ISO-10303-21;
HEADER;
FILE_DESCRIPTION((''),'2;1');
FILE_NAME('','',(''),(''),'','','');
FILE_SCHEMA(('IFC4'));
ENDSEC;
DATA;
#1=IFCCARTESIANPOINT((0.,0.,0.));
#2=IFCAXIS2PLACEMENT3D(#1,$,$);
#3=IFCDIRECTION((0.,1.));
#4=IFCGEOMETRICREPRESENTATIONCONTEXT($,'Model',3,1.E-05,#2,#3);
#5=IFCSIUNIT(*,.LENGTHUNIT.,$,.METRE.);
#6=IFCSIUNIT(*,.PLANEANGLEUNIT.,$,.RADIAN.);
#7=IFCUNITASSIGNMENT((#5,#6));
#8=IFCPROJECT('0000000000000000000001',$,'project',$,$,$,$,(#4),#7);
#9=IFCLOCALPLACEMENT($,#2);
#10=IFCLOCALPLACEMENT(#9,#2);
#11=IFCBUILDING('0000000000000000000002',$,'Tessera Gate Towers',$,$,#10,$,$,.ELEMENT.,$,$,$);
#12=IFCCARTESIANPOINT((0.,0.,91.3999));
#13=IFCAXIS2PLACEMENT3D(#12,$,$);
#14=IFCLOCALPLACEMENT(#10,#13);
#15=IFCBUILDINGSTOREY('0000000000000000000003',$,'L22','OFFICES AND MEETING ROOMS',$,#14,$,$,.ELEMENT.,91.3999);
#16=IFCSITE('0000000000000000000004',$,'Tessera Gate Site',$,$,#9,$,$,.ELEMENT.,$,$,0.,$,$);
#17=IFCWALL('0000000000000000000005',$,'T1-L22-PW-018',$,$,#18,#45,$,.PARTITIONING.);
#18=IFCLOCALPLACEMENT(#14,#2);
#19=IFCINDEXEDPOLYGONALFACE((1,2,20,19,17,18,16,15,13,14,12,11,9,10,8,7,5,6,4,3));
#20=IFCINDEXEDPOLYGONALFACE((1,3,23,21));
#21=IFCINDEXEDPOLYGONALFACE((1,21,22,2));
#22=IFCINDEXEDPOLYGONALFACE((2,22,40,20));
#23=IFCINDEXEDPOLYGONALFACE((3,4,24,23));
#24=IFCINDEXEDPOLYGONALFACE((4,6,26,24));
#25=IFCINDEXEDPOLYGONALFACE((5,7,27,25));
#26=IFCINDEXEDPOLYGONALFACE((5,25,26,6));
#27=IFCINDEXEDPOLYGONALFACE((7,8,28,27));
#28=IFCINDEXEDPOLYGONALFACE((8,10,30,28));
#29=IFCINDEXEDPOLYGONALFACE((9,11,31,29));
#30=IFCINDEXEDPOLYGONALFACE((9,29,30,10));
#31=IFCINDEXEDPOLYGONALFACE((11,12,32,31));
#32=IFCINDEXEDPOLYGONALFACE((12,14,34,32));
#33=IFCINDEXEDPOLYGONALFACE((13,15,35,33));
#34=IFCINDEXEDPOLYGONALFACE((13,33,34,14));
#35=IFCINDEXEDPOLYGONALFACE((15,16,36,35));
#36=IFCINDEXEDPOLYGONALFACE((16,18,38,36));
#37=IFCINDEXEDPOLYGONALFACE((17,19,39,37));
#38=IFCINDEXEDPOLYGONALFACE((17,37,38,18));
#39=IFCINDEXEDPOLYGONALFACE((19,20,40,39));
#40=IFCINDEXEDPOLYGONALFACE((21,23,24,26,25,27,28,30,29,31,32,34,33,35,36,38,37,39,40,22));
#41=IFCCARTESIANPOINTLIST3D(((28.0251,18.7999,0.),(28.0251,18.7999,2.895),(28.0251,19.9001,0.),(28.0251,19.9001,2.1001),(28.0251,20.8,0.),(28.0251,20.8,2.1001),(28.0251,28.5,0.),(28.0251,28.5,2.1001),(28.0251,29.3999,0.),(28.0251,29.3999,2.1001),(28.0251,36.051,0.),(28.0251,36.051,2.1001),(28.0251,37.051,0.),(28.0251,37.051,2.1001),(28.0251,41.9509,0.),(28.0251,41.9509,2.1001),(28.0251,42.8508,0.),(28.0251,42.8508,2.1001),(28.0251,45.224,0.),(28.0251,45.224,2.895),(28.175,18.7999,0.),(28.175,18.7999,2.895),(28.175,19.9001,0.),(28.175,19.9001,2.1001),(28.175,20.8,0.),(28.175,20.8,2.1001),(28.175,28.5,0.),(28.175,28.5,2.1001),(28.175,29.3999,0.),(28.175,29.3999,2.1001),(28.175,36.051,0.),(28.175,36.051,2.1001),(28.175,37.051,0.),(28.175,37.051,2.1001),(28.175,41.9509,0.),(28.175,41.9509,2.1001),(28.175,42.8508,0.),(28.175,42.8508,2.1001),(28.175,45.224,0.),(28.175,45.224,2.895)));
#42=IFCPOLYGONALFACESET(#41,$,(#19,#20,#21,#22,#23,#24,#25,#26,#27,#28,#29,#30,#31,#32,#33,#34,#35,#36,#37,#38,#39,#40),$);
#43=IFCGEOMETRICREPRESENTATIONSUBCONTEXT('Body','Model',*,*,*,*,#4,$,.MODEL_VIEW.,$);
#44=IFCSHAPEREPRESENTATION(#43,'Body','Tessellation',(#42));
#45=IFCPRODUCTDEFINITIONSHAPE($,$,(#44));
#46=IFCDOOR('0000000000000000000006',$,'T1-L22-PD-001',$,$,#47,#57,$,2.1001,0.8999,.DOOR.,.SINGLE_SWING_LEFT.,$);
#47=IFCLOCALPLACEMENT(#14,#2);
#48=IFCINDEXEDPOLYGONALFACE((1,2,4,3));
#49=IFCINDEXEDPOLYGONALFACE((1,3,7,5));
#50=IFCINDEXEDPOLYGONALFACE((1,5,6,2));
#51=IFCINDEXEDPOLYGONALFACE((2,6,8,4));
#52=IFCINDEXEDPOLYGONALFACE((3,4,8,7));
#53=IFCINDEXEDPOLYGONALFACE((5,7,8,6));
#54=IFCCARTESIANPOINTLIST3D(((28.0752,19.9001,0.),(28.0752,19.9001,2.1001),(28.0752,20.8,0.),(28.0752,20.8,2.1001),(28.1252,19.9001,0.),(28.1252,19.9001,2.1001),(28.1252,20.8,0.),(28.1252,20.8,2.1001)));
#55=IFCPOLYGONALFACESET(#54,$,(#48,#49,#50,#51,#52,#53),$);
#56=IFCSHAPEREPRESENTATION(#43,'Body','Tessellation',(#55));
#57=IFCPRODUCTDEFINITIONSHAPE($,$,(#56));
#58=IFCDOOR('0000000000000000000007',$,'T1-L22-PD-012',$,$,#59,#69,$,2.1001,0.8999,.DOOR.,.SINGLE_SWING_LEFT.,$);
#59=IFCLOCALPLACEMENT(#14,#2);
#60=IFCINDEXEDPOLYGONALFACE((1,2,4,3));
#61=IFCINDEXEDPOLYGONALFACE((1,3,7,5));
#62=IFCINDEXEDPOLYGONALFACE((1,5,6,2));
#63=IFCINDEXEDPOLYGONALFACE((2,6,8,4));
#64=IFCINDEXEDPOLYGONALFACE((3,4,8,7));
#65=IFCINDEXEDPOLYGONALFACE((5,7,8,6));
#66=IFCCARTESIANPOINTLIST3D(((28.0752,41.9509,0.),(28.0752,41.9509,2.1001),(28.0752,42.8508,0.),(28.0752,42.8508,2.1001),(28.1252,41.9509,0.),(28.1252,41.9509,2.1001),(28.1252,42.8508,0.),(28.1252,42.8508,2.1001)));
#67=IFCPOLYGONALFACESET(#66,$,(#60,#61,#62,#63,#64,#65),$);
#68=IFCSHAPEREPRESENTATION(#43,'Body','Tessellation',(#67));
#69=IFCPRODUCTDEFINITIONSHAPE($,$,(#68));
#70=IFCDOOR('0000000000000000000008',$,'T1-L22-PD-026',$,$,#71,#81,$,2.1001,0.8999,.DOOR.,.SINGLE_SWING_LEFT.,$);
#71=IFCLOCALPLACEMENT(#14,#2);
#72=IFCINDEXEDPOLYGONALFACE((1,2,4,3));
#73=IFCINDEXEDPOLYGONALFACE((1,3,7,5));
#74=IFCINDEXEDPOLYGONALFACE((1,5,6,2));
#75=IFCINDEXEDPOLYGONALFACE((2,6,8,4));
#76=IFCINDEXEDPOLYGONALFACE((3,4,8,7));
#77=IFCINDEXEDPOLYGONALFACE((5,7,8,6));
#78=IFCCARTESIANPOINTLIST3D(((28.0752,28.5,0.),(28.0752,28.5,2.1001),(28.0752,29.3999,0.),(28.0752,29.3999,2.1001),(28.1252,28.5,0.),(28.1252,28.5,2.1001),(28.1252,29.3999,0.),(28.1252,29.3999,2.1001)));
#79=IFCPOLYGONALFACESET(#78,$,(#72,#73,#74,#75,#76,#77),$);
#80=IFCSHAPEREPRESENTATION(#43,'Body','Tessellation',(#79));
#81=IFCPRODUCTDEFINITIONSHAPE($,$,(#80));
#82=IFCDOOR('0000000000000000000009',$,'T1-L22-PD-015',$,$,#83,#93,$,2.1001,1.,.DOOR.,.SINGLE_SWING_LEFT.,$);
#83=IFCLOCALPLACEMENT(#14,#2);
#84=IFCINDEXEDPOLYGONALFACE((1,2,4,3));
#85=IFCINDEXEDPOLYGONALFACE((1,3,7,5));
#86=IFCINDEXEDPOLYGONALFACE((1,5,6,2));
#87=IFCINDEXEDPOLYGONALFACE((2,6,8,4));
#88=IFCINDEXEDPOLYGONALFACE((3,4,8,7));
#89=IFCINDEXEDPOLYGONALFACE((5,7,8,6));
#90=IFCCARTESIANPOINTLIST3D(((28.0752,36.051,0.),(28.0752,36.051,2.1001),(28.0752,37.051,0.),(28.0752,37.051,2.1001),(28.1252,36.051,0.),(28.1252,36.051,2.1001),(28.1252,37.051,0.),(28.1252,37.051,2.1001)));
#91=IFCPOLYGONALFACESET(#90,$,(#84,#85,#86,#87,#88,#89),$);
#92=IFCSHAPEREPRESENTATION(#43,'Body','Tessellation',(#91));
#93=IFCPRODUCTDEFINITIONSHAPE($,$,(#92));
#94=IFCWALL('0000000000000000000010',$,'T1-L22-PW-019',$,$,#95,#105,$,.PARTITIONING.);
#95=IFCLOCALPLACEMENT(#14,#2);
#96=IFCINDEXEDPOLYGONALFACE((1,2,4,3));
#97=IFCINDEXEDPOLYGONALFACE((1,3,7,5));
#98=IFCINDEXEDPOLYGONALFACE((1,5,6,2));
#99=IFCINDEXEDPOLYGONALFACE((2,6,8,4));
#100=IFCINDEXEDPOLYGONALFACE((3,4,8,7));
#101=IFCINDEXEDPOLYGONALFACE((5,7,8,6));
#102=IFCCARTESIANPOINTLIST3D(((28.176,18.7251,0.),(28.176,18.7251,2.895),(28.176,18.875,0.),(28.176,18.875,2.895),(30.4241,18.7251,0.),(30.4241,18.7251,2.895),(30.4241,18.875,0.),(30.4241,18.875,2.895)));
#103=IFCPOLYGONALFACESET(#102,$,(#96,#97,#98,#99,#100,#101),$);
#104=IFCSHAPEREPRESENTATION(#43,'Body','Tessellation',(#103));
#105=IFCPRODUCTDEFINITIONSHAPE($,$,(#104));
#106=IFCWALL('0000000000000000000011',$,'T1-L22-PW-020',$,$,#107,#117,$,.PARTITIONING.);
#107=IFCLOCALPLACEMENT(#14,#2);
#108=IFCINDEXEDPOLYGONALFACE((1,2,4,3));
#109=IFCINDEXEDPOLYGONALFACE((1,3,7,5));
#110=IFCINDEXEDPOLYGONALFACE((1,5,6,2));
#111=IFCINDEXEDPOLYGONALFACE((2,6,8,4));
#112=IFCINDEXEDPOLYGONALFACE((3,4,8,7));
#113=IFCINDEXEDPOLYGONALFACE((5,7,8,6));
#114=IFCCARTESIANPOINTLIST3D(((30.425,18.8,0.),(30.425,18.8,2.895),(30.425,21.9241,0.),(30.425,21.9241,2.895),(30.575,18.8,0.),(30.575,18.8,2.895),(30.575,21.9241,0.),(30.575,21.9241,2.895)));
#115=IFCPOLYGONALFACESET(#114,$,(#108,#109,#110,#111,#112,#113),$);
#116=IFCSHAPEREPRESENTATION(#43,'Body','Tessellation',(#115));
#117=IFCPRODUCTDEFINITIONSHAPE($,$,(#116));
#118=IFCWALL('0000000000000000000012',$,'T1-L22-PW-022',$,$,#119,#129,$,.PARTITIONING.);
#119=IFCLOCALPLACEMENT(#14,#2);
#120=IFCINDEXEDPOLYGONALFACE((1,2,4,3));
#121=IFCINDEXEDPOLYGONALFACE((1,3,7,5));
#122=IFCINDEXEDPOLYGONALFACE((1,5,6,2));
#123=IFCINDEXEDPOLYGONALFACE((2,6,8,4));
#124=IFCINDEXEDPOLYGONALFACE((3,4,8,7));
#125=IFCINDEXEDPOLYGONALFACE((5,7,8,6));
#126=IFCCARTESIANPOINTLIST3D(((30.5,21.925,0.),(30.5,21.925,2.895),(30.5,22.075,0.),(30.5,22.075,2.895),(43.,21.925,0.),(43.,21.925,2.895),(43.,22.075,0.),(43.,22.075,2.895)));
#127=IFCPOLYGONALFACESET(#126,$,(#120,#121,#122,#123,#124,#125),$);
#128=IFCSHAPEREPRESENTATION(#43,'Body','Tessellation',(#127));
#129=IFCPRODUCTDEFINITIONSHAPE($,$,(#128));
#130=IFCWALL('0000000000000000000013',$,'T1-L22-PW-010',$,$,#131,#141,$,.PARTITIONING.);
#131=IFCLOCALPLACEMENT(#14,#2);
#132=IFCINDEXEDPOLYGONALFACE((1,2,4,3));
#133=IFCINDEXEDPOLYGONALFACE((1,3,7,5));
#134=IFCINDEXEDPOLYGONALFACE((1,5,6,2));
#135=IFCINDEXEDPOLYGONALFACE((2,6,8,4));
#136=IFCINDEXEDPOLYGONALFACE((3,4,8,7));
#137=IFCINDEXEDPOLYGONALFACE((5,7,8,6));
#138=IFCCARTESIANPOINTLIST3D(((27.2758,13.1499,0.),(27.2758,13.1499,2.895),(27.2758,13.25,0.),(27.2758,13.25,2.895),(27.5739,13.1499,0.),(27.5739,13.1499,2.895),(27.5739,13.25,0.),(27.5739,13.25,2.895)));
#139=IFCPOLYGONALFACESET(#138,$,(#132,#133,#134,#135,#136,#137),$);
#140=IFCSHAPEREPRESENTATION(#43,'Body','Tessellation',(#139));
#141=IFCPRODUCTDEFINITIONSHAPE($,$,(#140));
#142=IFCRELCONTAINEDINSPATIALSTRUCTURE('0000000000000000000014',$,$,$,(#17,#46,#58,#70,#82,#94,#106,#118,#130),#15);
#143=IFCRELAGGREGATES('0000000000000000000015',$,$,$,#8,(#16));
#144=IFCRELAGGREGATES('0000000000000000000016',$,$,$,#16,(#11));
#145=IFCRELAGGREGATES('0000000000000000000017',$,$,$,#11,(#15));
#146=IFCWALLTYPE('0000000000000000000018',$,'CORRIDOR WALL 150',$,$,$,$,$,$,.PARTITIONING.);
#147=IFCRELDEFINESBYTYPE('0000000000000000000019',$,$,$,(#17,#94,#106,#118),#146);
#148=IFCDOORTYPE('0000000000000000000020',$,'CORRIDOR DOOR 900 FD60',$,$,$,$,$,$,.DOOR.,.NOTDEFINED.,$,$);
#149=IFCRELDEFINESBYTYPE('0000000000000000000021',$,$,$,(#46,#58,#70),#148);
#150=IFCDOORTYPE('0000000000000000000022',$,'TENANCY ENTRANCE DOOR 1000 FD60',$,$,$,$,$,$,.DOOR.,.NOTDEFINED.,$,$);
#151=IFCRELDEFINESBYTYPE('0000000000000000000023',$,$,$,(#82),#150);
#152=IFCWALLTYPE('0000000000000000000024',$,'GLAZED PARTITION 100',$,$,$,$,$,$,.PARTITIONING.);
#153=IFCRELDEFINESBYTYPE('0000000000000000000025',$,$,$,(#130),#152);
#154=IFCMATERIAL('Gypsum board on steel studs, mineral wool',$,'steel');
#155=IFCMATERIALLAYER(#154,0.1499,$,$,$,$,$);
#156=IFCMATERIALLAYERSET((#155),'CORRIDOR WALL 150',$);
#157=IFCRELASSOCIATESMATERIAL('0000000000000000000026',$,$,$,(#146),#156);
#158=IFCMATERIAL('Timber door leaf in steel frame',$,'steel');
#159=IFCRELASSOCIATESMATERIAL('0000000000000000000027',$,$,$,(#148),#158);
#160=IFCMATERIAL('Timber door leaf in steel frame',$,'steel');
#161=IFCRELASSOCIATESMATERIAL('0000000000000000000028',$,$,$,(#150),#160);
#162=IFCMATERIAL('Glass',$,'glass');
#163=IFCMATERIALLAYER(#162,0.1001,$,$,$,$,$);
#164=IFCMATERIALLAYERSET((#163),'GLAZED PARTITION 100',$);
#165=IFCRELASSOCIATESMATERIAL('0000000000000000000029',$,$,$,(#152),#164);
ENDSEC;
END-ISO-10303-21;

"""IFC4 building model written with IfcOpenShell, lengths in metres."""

from ifc_helpers import new_model, si_unit, direction, frame, frame_2d, origin, place, context, subcontext, project, spatial, rectangle, extrude, source, transform, mapped, material, layer, layer_set, type_object, element, fill, save


model = new_model("IFC4")

# Units and contexts
model_context = context("Model", 3, precision=1e-05, world=origin(), true_north=direction((0.0, 1.0)))
body_context = subcontext(model_context, "Body", "Model", "MODEL_VIEW")
ifc_project = project(units=[si_unit("LENGTHUNIT", "METRE"), si_unit("PLANEANGLEUNIT", "RADIAN")], contexts=[model_context])

# Site, building, storey
site_placement = place(None, origin())
site = spatial("IfcSite", under=ifc_project, at=site_placement, Name="Tessera Gate Site", CompositionType="ELEMENT", RefElevation=0.0)
building_placement = place(site_placement, origin())
building = spatial("IfcBuilding", under=site, at=building_placement, Name="Tessera Gate Towers", CompositionType="ELEMENT")
storey_placement = place(building_placement, frame((0.0, 0.0, 91.3999)))
storey = spatial("IfcBuildingStorey", under=building, at=storey_placement, Name="L22", Description="OFFICES AND MEETING ROOMS", CompositionType="ELEMENT", Elevation=91.3999)

# Wall, openings, doors
ifc_material_1 = material(Name="Gypsum board on steel studs, mineral wool", Category="steel")
ifc_layer_1 = layer(ifc_material_1, 0.1499)
ifc_layer_set_1 = layer_set([ifc_layer_1], Name="CORRIDOR WALL 150")
wall_type_1 = type_object("IfcWallType", Name="CORRIDOR WALL 150", PredefinedType="PARTITIONING", material=ifc_layer_set_1)
wall_1_placement = place(storey_placement, frame((28.1001, 18.8, 0.0), z_axis=(0.0, 0.0, 1.0), x_axis=(0.0, 1.0, 0.0)))
wall_1 = element("IfcWall", 1, at=wall_1_placement, inside=storey, type_object=wall_type_1, Name="T1-L22-PW-018", PredefinedType="PARTITIONING", context=body_context, shape_type="SweptSolid", body=[
    extrude(rectangle(XDim=26.4241, YDim=0.1499, at=frame_2d((13.2119, 0.0))), origin(), (0.0, 0.0, 1.0), 2.895),
])
shared_shape_1 = source(origin(), body_context, "Body", "SweptSolid", [
    extrude(rectangle(XDim=0.8999, YDim=2.1001, at=frame_2d((0.45, 1.05))), frame((0.0, 0.085, 0.0), z_axis=(0.0, -1.0, 0.0), x_axis=(1.0, 0.0, 0.0)), (0.0, 0.0, 1.0), 0.1699),
])
opening_1_placement = place(wall_1_placement, frame((1.1001, 0.0, 0.0)))
opening_1 = element("IfcOpeningElement", 2, at=opening_1_placement, cuts=wall_1, PredefinedType="OPENING", context=body_context, shape_type="MappedRepresentation", body=[
    mapped(shared_shape_1, transform((0.0, 0.0, 0.0), scale=1.0)),
])
opening_2_placement = place(wall_1_placement, frame((23.1509, 0.0, 0.0)))
opening_2 = element("IfcOpeningElement", 3, at=opening_2_placement, cuts=wall_1, PredefinedType="OPENING", context=body_context, shape_type="MappedRepresentation", body=[
    mapped(shared_shape_1, transform((0.0, 0.0, 0.0), scale=1.0)),
])
shared_shape_2 = source(origin(), body_context, "Body", "SweptSolid", [
    extrude(rectangle(XDim=1.0, YDim=2.1001, at=frame_2d((0.5, 1.05))), frame((0.0, 0.085, 0.0), z_axis=(0.0, -1.0, 0.0), x_axis=(1.0, 0.0, 0.0)), (0.0, 0.0, 1.0), 0.1699),
])
opening_3_placement = place(wall_1_placement, frame((17.251, 0.0, 0.0)))
opening_3 = element("IfcOpeningElement", 4, at=opening_3_placement, cuts=wall_1, PredefinedType="OPENING", context=body_context, shape_type="MappedRepresentation", body=[
    mapped(shared_shape_2, transform((0.0, 0.0, 0.0), scale=1.0)),
])
opening_4_placement = place(wall_1_placement, frame((9.7, 0.0, 0.0)))
opening_4 = element("IfcOpeningElement", 5, at=opening_4_placement, cuts=wall_1, PredefinedType="OPENING", context=body_context, shape_type="MappedRepresentation", body=[
    mapped(shared_shape_1, transform((0.0, 0.0, 0.0), scale=1.0)),
])
ifc_material_2 = material(Name="Timber door leaf in steel frame", Category="steel")
door_type_1 = type_object("IfcDoorType", Name="CORRIDOR DOOR 900 FD60", OperationType="NOTDEFINED", PredefinedType="DOOR", material=ifc_material_2)
shared_shape_3 = source(origin(), body_context, "Body", "SweptSolid", [
    extrude(rectangle(XDim=0.8999, YDim=2.1001, at=frame_2d((0.45, 1.05))), frame((0.0, 0.0249, 0.0), z_axis=(0.0, -1.0, 0.0), x_axis=(1.0, 0.0, 0.0)), (0.0, 0.0, 1.0), 0.05),
])
door_1_placement = place(opening_1_placement, origin())
door_1 = element("IfcDoor", 6, at=door_1_placement, inside=storey, type_object=door_type_1, Name="T1-L22-PD-001", OperationType="SINGLE_SWING_LEFT", OverallHeight=2.1001, OverallWidth=0.8999, PredefinedType="DOOR", context=body_context, shape_type="MappedRepresentation", body=[
    mapped(shared_shape_3, transform((0.0, 0.0, 0.0), scale=1.0)),
])
fill(opening_1, door_1)
door_2_placement = place(opening_2_placement, origin())
door_2 = element("IfcDoor", 7, at=door_2_placement, inside=storey, type_object=door_type_1, Name="T1-L22-PD-012", OperationType="SINGLE_SWING_LEFT", OverallHeight=2.1001, OverallWidth=0.8999, PredefinedType="DOOR", context=body_context, shape_type="MappedRepresentation", body=[
    mapped(shared_shape_3, transform((0.0, 0.0, 0.0), scale=1.0)),
])
fill(opening_2, door_2)
door_3_placement = place(opening_4_placement, origin())
door_3 = element("IfcDoor", 8, at=door_3_placement, inside=storey, type_object=door_type_1, Name="T1-L22-PD-026", OperationType="SINGLE_SWING_LEFT", OverallHeight=2.1001, OverallWidth=0.8999, PredefinedType="DOOR", context=body_context, shape_type="MappedRepresentation", body=[
    mapped(shared_shape_3, transform((0.0, 0.0, 0.0), scale=1.0)),
])
fill(opening_4, door_3)
ifc_material_3 = material(Name="Timber door leaf in steel frame", Category="steel")
door_type_2 = type_object("IfcDoorType", Name="TENANCY ENTRANCE DOOR 1000 FD60", OperationType="NOTDEFINED", PredefinedType="DOOR", material=ifc_material_3)
shared_shape_4 = source(origin(), body_context, "Body", "SweptSolid", [
    extrude(rectangle(XDim=1.0, YDim=2.1001, at=frame_2d((0.5, 1.05))), frame((0.0, 0.0249, 0.0), z_axis=(0.0, -1.0, 0.0), x_axis=(1.0, 0.0, 0.0)), (0.0, 0.0, 1.0), 0.05),
])
door_4_placement = place(opening_3_placement, origin())
door_4 = element("IfcDoor", 9, at=door_4_placement, inside=storey, type_object=door_type_2, Name="T1-L22-PD-015", OperationType="SINGLE_SWING_LEFT", OverallHeight=2.1001, OverallWidth=1.0, PredefinedType="DOOR", context=body_context, shape_type="MappedRepresentation", body=[
    mapped(shared_shape_4, transform((0.0, 0.0, 0.0), scale=1.0)),
])
fill(opening_3, door_4)

# Walls
wall_2_placement = place(storey_placement, frame((28.176, 18.8, 0.0), z_axis=(0.0, 0.0, 1.0), x_axis=(1.0, 0.0, 0.0)))
element("IfcWall", 10, at=wall_2_placement, inside=storey, type_object=wall_type_1, Name="T1-L22-PW-019", PredefinedType="PARTITIONING", context=body_context, shape_type="SweptSolid", body=[
    extrude(rectangle(XDim=2.248, YDim=0.1499, at=frame_2d((1.124, 0.0))), origin(), (0.0, 0.0, 1.0), 2.895),
])
wall_3_placement = place(storey_placement, frame((30.5, 18.8, 0.0), z_axis=(0.0, 0.0, 1.0), x_axis=(0.0, 1.0, 0.0)))
element("IfcWall", 11, at=wall_3_placement, inside=storey, type_object=wall_type_1, Name="T1-L22-PW-020", PredefinedType="PARTITIONING", context=body_context, shape_type="SweptSolid", body=[
    extrude(rectangle(XDim=3.124, YDim=0.1499, at=frame_2d((1.562, 0.0))), origin(), (0.0, 0.0, 1.0), 2.895),
])
wall_4_placement = place(storey_placement, frame((30.5, 22.0, 0.0), z_axis=(0.0, 0.0, 1.0), x_axis=(1.0, 0.0, 0.0)))
element("IfcWall", 12, at=wall_4_placement, inside=storey, type_object=wall_type_1, Name="T1-L22-PW-022", PredefinedType="PARTITIONING", context=body_context, shape_type="SweptSolid", body=[
    extrude(rectangle(XDim=12.5, YDim=0.1499, at=frame_2d((6.25, 0.0))), origin(), (0.0, 0.0, 1.0), 2.895),
])
ifc_material_4 = material(Name="Glass", Category="glass")
ifc_layer_2 = layer(ifc_material_4, 0.1001)
ifc_layer_set_2 = layer_set([ifc_layer_2], Name="GLAZED PARTITION 100")
wall_type_2 = type_object("IfcWallType", Name="GLAZED PARTITION 100", PredefinedType="PARTITIONING", material=ifc_layer_set_2)
wall_5_placement = place(storey_placement, frame((27.2759, 13.2, 0.0), z_axis=(0.0, 0.0, 1.0), x_axis=(1.0, 0.0, 0.0)))
element("IfcWall", 13, at=wall_5_placement, inside=storey, type_object=wall_type_2, Name="T1-L22-PW-010", PredefinedType="PARTITIONING", context=body_context, shape_type="SweptSolid", body=[
    extrude(rectangle(XDim=0.2981, YDim=0.1001, at=frame_2d((0.1489, 0.0))), origin(), (0.0, 0.0, 1.0), 2.895),
])

save(model, "model.ifc")
